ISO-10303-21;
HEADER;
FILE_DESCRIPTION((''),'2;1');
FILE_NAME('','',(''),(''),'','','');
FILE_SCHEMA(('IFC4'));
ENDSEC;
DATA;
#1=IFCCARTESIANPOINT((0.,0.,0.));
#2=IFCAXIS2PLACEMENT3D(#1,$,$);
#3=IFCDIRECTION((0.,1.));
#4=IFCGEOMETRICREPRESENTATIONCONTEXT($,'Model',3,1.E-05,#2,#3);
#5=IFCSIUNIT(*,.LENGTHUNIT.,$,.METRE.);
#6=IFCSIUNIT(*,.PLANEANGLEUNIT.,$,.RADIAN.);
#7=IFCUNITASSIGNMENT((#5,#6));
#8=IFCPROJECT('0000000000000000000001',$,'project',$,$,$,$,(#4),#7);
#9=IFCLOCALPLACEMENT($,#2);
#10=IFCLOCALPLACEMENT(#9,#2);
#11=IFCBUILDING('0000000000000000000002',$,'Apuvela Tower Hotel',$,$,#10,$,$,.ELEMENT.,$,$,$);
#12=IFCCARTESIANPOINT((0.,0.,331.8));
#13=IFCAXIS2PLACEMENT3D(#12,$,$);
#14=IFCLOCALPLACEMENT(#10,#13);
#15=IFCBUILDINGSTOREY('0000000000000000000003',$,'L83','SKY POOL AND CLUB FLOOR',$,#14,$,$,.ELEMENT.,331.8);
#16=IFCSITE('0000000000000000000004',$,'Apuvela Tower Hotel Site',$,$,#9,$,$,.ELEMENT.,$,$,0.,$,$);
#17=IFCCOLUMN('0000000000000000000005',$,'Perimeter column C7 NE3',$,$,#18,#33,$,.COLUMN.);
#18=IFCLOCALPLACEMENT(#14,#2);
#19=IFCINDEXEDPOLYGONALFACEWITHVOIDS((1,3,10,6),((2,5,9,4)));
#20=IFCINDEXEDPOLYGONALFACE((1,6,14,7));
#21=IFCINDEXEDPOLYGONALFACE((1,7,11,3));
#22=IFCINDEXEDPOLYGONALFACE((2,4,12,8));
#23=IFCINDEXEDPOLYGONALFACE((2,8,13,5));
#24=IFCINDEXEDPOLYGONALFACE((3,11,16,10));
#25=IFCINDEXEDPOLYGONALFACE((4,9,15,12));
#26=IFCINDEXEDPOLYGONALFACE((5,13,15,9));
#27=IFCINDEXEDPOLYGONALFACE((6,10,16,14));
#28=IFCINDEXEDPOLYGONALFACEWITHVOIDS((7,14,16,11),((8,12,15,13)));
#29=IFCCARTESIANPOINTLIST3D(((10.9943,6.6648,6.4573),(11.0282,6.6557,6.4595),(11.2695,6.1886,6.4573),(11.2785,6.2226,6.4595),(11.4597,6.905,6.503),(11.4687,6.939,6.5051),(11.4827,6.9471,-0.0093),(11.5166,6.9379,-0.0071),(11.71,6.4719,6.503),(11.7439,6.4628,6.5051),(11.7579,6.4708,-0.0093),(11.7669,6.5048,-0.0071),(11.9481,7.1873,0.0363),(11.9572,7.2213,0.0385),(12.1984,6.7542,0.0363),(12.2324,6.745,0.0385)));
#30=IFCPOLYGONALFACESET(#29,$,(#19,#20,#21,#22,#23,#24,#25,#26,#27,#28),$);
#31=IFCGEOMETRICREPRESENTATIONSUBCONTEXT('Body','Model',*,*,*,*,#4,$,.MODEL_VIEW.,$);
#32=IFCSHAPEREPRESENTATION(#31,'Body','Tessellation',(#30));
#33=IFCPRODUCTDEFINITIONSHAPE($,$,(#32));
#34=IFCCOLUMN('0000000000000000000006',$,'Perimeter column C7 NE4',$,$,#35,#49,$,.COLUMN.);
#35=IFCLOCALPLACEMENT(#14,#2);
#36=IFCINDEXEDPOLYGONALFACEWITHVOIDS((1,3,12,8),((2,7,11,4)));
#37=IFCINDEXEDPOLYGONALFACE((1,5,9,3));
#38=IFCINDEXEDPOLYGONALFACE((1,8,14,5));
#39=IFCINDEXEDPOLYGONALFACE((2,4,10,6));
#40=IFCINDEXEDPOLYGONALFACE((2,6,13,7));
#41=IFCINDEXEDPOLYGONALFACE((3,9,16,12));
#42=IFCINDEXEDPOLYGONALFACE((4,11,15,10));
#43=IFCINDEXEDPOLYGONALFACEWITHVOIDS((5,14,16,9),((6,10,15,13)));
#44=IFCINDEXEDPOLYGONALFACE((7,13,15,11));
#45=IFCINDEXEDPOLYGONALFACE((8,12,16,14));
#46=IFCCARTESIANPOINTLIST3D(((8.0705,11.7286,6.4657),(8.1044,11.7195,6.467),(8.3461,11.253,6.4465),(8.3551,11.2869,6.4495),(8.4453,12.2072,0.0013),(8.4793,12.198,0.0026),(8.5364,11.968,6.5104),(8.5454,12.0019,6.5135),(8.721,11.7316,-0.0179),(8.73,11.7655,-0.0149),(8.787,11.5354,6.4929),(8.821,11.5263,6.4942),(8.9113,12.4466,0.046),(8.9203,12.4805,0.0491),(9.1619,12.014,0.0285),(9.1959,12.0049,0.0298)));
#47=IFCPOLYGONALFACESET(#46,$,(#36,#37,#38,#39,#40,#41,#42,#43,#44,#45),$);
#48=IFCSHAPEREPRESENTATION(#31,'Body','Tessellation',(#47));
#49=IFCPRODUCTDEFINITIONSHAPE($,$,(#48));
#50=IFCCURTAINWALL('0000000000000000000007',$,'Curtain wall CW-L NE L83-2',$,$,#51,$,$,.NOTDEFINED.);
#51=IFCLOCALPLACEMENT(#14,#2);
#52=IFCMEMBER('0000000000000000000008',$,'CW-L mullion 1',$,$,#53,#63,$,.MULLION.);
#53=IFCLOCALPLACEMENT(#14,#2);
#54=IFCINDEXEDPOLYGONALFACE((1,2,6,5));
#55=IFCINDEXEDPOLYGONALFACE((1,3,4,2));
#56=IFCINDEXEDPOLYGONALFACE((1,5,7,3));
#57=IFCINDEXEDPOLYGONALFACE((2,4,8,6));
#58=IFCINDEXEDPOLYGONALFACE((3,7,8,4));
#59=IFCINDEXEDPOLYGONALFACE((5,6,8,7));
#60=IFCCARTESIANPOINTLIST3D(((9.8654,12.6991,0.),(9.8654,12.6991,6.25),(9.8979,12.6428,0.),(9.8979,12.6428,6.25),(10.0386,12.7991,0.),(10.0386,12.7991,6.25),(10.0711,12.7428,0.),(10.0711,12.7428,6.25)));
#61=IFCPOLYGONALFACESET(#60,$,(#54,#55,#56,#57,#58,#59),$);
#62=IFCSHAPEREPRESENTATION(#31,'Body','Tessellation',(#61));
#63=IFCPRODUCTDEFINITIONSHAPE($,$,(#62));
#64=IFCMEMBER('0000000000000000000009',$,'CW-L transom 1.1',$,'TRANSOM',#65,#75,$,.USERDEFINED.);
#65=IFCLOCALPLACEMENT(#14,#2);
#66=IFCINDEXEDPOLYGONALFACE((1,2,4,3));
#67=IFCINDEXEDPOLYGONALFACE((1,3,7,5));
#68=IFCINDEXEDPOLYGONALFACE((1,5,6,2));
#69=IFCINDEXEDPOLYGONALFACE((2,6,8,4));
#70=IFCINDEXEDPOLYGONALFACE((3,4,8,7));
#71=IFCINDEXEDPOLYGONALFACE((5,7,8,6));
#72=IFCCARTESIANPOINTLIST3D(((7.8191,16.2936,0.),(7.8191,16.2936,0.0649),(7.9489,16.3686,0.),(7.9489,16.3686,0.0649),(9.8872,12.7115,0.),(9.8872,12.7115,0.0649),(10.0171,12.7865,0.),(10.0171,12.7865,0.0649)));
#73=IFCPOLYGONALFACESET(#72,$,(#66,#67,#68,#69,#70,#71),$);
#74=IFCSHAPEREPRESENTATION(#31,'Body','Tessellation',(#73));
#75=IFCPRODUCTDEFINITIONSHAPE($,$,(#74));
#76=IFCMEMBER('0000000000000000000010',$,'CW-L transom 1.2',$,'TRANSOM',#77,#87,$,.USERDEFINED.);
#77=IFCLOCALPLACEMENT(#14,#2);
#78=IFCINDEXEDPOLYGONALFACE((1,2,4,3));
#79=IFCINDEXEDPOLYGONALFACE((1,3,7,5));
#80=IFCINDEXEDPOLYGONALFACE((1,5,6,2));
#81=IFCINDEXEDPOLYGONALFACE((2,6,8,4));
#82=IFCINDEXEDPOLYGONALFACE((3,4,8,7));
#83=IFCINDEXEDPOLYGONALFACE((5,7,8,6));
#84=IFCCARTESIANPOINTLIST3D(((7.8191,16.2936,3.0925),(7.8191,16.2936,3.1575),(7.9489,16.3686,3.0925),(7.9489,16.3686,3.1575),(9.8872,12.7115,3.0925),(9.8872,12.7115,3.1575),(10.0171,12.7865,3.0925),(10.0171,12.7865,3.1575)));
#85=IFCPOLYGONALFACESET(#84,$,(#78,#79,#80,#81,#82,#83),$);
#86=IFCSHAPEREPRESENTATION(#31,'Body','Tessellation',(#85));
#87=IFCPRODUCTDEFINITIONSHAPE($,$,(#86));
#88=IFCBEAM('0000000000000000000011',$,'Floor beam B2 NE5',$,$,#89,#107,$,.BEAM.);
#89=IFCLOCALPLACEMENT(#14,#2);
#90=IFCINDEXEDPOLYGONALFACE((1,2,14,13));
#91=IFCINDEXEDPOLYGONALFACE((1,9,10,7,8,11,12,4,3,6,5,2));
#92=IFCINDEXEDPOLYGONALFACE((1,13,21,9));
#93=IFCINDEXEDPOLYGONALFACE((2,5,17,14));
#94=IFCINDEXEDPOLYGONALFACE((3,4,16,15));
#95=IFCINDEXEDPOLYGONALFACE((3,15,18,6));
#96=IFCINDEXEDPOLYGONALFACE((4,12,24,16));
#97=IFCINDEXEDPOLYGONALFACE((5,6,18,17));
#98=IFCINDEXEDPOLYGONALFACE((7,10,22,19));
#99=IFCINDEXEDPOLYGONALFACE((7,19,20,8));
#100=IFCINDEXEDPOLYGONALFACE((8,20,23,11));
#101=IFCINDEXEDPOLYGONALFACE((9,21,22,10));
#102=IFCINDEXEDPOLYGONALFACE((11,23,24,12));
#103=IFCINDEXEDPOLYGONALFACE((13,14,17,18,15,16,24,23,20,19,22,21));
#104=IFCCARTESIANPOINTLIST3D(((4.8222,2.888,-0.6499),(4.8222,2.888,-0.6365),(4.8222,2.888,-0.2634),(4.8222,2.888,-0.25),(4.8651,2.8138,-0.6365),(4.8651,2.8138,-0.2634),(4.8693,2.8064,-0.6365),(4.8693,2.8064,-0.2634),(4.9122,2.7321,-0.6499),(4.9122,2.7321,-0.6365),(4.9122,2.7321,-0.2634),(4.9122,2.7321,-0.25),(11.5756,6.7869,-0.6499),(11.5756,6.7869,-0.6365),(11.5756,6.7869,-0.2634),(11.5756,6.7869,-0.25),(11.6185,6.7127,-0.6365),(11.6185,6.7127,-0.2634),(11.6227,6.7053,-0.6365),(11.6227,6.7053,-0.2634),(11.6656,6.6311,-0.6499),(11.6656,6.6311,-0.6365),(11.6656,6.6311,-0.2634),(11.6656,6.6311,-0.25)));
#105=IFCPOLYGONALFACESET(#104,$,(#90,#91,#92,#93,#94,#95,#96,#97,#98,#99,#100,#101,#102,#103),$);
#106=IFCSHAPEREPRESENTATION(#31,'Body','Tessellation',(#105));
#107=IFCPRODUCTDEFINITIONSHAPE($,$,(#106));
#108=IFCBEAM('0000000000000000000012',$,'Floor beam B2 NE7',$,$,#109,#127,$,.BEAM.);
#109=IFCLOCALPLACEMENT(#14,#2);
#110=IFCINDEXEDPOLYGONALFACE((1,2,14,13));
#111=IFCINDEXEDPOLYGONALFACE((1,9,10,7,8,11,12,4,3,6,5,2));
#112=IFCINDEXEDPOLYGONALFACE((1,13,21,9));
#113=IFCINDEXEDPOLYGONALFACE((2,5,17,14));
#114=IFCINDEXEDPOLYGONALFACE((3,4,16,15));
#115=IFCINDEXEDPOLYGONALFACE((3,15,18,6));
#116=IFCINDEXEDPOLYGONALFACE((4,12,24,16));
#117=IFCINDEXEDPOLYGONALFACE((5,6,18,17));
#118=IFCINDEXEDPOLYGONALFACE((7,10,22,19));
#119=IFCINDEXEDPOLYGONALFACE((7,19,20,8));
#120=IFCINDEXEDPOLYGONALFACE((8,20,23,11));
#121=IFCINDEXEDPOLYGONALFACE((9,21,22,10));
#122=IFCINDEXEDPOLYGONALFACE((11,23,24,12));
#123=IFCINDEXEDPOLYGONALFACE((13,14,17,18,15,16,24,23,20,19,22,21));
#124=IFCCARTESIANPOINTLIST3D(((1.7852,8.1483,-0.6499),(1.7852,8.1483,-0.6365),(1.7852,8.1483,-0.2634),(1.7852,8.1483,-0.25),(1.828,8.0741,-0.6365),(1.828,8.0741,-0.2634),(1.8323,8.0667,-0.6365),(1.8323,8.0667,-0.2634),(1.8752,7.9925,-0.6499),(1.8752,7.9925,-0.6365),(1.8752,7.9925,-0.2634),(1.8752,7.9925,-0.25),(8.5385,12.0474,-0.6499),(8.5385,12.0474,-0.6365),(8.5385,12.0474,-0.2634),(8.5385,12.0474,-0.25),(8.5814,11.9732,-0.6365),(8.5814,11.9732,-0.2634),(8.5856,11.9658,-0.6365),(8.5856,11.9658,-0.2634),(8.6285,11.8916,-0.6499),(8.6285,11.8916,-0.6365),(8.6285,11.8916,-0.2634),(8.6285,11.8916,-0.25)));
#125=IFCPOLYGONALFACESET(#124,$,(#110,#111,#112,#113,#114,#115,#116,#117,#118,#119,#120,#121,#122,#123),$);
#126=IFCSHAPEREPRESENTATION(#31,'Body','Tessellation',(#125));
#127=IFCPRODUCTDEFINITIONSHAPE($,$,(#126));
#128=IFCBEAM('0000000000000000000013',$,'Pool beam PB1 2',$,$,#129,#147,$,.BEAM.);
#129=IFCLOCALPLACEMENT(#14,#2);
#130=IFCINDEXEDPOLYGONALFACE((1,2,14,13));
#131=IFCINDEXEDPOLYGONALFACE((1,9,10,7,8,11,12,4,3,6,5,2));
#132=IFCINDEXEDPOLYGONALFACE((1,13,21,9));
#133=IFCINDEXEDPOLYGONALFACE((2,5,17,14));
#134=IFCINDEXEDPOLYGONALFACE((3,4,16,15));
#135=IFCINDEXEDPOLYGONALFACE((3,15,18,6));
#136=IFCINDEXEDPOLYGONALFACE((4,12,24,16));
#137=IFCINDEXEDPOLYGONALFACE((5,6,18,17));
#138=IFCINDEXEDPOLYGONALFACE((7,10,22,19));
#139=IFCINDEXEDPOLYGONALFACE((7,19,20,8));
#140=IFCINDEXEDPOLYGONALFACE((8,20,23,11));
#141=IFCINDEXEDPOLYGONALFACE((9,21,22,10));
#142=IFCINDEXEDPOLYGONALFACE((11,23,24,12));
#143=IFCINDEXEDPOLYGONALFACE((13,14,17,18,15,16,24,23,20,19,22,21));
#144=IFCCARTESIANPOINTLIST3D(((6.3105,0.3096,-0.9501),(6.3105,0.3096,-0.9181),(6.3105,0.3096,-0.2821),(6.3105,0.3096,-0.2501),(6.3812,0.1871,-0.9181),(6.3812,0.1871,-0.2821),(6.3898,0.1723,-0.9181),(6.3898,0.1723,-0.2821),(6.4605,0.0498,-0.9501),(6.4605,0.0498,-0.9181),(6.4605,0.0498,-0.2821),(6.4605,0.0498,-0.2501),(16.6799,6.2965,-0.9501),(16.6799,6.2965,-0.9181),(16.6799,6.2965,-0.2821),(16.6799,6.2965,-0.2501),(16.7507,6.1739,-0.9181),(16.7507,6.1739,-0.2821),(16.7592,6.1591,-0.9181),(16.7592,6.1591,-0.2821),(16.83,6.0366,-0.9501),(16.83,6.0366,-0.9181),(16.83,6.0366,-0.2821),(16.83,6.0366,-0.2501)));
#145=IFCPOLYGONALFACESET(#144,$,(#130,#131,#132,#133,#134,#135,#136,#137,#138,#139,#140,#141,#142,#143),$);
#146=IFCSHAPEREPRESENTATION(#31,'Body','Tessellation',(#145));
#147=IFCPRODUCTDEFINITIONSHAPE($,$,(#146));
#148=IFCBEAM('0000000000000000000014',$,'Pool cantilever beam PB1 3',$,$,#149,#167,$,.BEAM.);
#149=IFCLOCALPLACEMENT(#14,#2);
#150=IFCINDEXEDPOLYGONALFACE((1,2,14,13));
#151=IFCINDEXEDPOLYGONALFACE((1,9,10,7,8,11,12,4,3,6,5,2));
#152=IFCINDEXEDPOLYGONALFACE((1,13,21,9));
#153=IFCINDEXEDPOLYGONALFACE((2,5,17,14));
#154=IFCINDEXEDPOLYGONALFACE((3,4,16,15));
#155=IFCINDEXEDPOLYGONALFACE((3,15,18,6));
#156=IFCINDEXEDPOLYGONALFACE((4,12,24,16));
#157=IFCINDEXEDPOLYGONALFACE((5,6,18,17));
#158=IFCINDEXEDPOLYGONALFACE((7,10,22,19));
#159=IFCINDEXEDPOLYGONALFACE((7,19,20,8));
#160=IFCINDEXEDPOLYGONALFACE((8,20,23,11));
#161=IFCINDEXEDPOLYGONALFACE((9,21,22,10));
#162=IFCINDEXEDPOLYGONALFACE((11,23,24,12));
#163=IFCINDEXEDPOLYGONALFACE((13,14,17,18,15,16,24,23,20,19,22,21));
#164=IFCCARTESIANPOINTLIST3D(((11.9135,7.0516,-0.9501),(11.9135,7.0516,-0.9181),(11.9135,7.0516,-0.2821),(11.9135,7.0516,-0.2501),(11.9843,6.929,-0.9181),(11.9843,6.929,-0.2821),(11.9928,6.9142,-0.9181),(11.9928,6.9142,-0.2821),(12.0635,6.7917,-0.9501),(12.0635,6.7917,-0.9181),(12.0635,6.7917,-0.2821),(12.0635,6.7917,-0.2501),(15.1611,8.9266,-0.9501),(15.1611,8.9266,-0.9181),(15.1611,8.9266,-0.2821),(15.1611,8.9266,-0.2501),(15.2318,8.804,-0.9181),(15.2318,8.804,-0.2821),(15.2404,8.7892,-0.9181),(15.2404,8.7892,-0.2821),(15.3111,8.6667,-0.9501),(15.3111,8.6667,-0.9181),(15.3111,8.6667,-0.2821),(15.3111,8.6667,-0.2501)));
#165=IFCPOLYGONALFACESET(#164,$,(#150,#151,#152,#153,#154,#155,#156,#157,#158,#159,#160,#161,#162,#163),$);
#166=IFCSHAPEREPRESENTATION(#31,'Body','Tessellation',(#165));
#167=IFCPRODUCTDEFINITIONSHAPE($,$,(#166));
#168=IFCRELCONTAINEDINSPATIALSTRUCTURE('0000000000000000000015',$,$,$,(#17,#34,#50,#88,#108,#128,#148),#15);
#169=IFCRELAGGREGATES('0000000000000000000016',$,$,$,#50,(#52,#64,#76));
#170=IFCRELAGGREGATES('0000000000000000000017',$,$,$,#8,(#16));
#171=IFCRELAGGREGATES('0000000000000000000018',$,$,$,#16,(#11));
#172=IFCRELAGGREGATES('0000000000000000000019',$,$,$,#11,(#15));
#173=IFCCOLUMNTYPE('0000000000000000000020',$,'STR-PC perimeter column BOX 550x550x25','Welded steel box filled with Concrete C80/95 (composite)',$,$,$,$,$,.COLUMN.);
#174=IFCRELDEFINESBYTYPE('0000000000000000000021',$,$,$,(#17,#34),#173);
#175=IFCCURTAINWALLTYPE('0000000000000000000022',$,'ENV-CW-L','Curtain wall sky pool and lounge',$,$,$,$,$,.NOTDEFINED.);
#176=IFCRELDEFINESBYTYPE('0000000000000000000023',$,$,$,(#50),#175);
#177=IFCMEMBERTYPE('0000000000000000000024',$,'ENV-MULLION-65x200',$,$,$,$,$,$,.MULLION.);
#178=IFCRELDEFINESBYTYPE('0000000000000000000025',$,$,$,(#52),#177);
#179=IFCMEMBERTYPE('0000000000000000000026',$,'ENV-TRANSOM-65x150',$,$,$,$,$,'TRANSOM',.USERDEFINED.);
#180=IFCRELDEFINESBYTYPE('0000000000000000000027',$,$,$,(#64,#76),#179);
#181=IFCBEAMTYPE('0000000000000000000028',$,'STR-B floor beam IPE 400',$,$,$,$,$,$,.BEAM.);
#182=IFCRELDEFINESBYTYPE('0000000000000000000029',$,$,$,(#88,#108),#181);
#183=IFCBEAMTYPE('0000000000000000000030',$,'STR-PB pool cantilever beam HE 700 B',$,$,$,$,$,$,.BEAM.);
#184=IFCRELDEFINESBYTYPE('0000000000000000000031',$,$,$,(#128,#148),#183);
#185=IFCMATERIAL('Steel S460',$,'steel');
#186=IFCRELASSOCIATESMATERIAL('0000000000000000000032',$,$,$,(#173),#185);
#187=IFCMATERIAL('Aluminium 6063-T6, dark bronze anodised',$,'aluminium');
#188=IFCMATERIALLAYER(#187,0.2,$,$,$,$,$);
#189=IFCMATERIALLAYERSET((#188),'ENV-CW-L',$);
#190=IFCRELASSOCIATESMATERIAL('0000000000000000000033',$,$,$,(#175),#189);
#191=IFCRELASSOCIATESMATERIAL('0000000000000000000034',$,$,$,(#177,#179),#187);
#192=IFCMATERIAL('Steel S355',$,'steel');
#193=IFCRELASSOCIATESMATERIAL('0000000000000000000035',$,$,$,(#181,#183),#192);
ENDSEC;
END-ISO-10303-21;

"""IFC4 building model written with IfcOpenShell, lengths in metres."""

from ifc_helpers import new_model, si_unit, direction, frame, origin, origin_2d, place, context, subcontext, project, spatial, rectangle, hollow_rectangle, i_section, extrude, boolean, halfspace, material, layer, layer_set, material_profile, profile_set, type_object, element, aggregate, save


model = new_model("IFC4")

# Units and contexts
model_context = context("Model", 3, precision=1e-05, world=origin(), true_north=direction((0.0, 1.0)))
body_context = subcontext(model_context, "Body", "Model", "MODEL_VIEW")
ifc_project = project(units=[si_unit("LENGTHUNIT", "METRE"), si_unit("PLANEANGLEUNIT", "RADIAN")], contexts=[model_context])

# Site, building, storey
site_placement = place(None, origin())
site = spatial("IfcSite", under=ifc_project, at=site_placement, Name="Apuvela Tower Hotel Site", CompositionType="ELEMENT", RefElevation=0.0)
building_placement = place(site_placement, origin())
building = spatial("IfcBuilding", under=site, at=building_placement, Name="Apuvela Tower Hotel", CompositionType="ELEMENT")
storey_placement = place(building_placement, frame((0.0, 0.0, 331.8)))
storey = spatial("IfcBuildingStorey", under=building, at=storey_placement, Name="L83", Description="SKY POOL AND CLUB FLOOR", CompositionType="ELEMENT", Elevation=331.8)

# Columns
ifc_material_1 = material(Name="Steel S460", Category="steel")
ifc_material_profile_1 = material_profile(ifc_material_1, hollow_rectangle(XDim=0.55, YDim=0.55, WallThickness=0.0249, at=origin_2d()), Name="BOX 550x550x25")
ifc_material_2 = material(Name="Concrete C80/95", Category="concrete")
ifc_material_profile_2 = material_profile(ifc_material_2, rectangle(XDim=0.5, YDim=0.5, at=origin_2d()), Name="Concrete C80/95 infill")
ifc_profile_set_1 = profile_set([ifc_material_profile_1, ifc_material_profile_2], Name="Steel S460")
column_type = type_object("IfcColumnType", Name="STR-PC perimeter column BOX 550x550x25", Description="Welded steel box filled with Concrete C80/95 (composite)", PredefinedType="COLUMN", material=ifc_profile_set_1)
column_1_placement = place(storey_placement, frame((11.8586, 6.8467, 0.0), z_axis=(-0.075248, -0.04348, 0.996217), x_axis=(0.500351, -0.865822, 0.000005)))
element("IfcColumn", 1, at=column_1_placement, inside=storey, type_object=column_type, Name="Perimeter column C7 NE3", PredefinedType="COLUMN", context=body_context, shape_type="SweptSolid", body=[
    boolean("DIFFERENCE", boolean("DIFFERENCE", extrude(hollow_rectangle(XDim=0.55, YDim=0.55, WallThickness=0.0249, at=origin_2d()), origin(), (0.0, 0.0, 1.0), 6.5247), halfspace(frame((0.0, 0.0, 0.0146), z_axis=(0.0, 0.0, 1.0), x_axis=(1.0, 0.0, 0.0)), True)), halfspace(frame((0.0, 0.0, 6.5059), z_axis=(0.0, 0.0, 1.0), x_axis=(1.0, 0.0, 0.0)), False)),
])
column_2_placement = place(storey_placement, frame((8.8215, 12.1072, 0.0), z_axis=(-0.057738, -0.073706, 0.995607), x_axis=(-0.501062, 0.864705, 0.034957)))
element("IfcColumn", 2, at=column_2_placement, inside=storey, type_object=column_type, Name="Perimeter column C7 NE4", PredefinedType="COLUMN", context=body_context, shape_type="SweptSolid", body=[
    boolean("DIFFERENCE", boolean("DIFFERENCE", extrude(hollow_rectangle(XDim=0.55, YDim=0.55, WallThickness=0.0249, at=origin_2d()), origin(), (0.0, 0.0, 1.0), 6.5286), halfspace(frame((0.0, 0.0, 0.0156), z_axis=(0.0, 0.0, 1.0), x_axis=(1.0, 0.0, 0.0)), True)), halfspace(frame((0.0, 0.0, 6.5085), z_axis=(0.0, 0.0, 1.0), x_axis=(1.0, 0.0, 0.0)), False)),
])

# Curtain wall, members
ifc_material_3 = material(Name="Aluminium 6063-T6, dark bronze anodised", Category="aluminium")
ifc_layer_1 = layer(ifc_material_3, 0.2)
ifc_layer_set_1 = layer_set([ifc_layer_1], Name="ENV-CW-L")
curtain_wall_type = type_object("IfcCurtainWallType", Name="ENV-CW-L", Description="Curtain wall sky pool and lounge", PredefinedType="NOTDEFINED", material=ifc_layer_set_1)
curtain_wall_placement = place(storey_placement, origin())
curtain_wall = element("IfcCurtainWall", 3, at=curtain_wall_placement, inside=storey, type_object=curtain_wall_type, Name="Curtain wall CW-L NE L83-2", PredefinedType="NOTDEFINED")
ifc_material_profile_3 = material_profile(ifc_material_3, rectangle(XDim=0.2, YDim=0.0649, at=origin_2d()), Name="AL 65x200")
ifc_profile_set_2 = profile_set([ifc_material_profile_3], Name="Aluminium 6063-T6, dark bronze anodised")
member_type_1 = type_object("IfcMemberType", Name="ENV-MULLION-65x200", PredefinedType="MULLION", material=ifc_profile_set_2)
member_1_placement = place(storey_placement, frame((9.9683, 12.7209, 0.0), z_axis=(0.0, 0.0, 1.0), x_axis=(-0.866023, -0.500004, 0.0)))
member_1 = element("IfcMember", 4, at=member_1_placement, type_object=member_type_1, Name="CW-L mullion 1", PredefinedType="MULLION", context=body_context, shape_type="SweptSolid", body=[
    extrude(rectangle(XDim=0.2, YDim=0.0649, at=origin_2d()), origin(), (0.0, 0.0, 1.0), 6.25),
])
ifc_material_profile_4 = material_profile(ifc_material_3, rectangle(XDim=0.1499, YDim=0.0649, at=origin_2d()), Name="AL 65x150 transom")
ifc_profile_set_3 = profile_set([ifc_material_profile_4], Name="Aluminium 6063-T6, dark bronze anodised")
member_type_2 = type_object("IfcMemberType", Name="ENV-TRANSOM-65x150", ElementType="TRANSOM", PredefinedType="USERDEFINED", material=ifc_profile_set_3)
member_2_placement = place(storey_placement, frame((9.9521, 12.749, 0.0325), z_axis=(-0.500005, 0.866022, 0.0), x_axis=(-0.866022, -0.500005, 0.0)))
member_2 = element("IfcMember", 5, at=member_2_placement, type_object=member_type_2, Name="CW-L transom 1.1", ObjectType="TRANSOM", PredefinedType="USERDEFINED", context=body_context, shape_type="SweptSolid", body=[
    extrude(rectangle(XDim=0.1499, YDim=0.0649, at=origin_2d()), origin(), (0.0, 0.0, 1.0), 4.1362),
])
member_3_placement = place(storey_placement, frame((9.9521, 12.749, 3.125), z_axis=(-0.500005, 0.866022, 0.0), x_axis=(-0.866022, -0.500005, 0.0)))
member_3 = element("IfcMember", 6, at=member_3_placement, type_object=member_type_2, Name="CW-L transom 1.2", ObjectType="TRANSOM", PredefinedType="USERDEFINED", context=body_context, shape_type="SweptSolid", body=[
    extrude(rectangle(XDim=0.1499, YDim=0.0649, at=origin_2d()), origin(), (0.0, 0.0, 1.0), 4.1362),
])
aggregate(curtain_wall, [member_1, member_2, member_3])

# Beams
ifc_material_4 = material(Name="Steel S355", Category="steel")
ifc_material_profile_5 = material_profile(ifc_material_4, i_section(OverallWidth=0.1799, OverallDepth=0.3999, WebThickness=0.0085, FlangeThickness=0.0134, at=origin_2d()), Name="IPE 400")
ifc_profile_set_4 = profile_set([ifc_material_profile_5], Name="Steel S355")
beam_type_1 = type_object("IfcBeamType", Name="STR-B floor beam IPE 400", PredefinedType="BEAM", material=ifc_profile_set_4)
for number, where, z_axis, x_axis, name in (
    (7, (11.6206, 6.709, -0.45), (-0.866034, -0.499984, 0.0), (0.499984, -0.866034, 0.0), "Floor beam B2 NE5"),
    (8, (8.5835, 11.9695, -0.45), (-0.866021, -0.500008, 0.0), (0.500008, -0.866021, 0.0), "Floor beam B2 NE7"),
):
    element("IfcBeam", number, at=place(storey_placement, frame(where, z_axis=z_axis, x_axis=x_axis)), inside=storey, type_object=beam_type_1, Name=name, PredefinedType="BEAM", context=body_context, shape_type="SweptSolid", body=[
        extrude(i_section(OverallWidth=0.1799, OverallDepth=0.3999, WebThickness=0.0085, FlangeThickness=0.0134, at=origin_2d()), origin(), (0.0, 0.0, 1.0), 7.7981),
    ])
ifc_material_profile_6 = material_profile(ifc_material_4, i_section(OverallWidth=0.3, OverallDepth=0.7, WebThickness=0.0171, FlangeThickness=0.032, at=origin_2d()), Name="HE 700 B")
ifc_profile_set_5 = profile_set([ifc_material_profile_6], Name="Steel S355")
beam_type_2 = type_object("IfcBeamType", Name="STR-PB pool cantilever beam HE 700 B", PredefinedType="BEAM", material=ifc_profile_set_5)
beam_1_placement = place(storey_placement, frame((6.3855, 0.1797, -0.6001), z_axis=(0.866024, 0.500003, 0.0), x_axis=(-0.500003, 0.866024, 0.0)))
element("IfcBeam", 9, at=beam_1_placement, inside=storey, type_object=beam_type_2, Name="Pool beam PB1 2", PredefinedType="BEAM", context=body_context, shape_type="SweptSolid", body=[
    extrude(i_section(OverallWidth=0.3, OverallDepth=0.7, WebThickness=0.0171, FlangeThickness=0.032, at=origin_2d()), origin(), (0.0, 0.0, 1.0), 11.9736),
])
beam_2_placement = place(storey_placement, frame((11.9885, 6.9216, -0.6001), z_axis=(0.866023, 0.500004, 0.0), x_axis=(-0.500004, 0.866023, 0.0)))
element("IfcBeam", 10, at=beam_2_placement, inside=storey, type_object=beam_type_2, Name="Pool cantilever beam PB1 3", PredefinedType="BEAM", context=body_context, shape_type="SweptSolid", body=[
    extrude(i_section(OverallWidth=0.3, OverallDepth=0.7, WebThickness=0.0171, FlangeThickness=0.032, at=origin_2d()), origin(), (0.0, 0.0, 1.0), 3.75),
])

save(model, "model.ifc")
